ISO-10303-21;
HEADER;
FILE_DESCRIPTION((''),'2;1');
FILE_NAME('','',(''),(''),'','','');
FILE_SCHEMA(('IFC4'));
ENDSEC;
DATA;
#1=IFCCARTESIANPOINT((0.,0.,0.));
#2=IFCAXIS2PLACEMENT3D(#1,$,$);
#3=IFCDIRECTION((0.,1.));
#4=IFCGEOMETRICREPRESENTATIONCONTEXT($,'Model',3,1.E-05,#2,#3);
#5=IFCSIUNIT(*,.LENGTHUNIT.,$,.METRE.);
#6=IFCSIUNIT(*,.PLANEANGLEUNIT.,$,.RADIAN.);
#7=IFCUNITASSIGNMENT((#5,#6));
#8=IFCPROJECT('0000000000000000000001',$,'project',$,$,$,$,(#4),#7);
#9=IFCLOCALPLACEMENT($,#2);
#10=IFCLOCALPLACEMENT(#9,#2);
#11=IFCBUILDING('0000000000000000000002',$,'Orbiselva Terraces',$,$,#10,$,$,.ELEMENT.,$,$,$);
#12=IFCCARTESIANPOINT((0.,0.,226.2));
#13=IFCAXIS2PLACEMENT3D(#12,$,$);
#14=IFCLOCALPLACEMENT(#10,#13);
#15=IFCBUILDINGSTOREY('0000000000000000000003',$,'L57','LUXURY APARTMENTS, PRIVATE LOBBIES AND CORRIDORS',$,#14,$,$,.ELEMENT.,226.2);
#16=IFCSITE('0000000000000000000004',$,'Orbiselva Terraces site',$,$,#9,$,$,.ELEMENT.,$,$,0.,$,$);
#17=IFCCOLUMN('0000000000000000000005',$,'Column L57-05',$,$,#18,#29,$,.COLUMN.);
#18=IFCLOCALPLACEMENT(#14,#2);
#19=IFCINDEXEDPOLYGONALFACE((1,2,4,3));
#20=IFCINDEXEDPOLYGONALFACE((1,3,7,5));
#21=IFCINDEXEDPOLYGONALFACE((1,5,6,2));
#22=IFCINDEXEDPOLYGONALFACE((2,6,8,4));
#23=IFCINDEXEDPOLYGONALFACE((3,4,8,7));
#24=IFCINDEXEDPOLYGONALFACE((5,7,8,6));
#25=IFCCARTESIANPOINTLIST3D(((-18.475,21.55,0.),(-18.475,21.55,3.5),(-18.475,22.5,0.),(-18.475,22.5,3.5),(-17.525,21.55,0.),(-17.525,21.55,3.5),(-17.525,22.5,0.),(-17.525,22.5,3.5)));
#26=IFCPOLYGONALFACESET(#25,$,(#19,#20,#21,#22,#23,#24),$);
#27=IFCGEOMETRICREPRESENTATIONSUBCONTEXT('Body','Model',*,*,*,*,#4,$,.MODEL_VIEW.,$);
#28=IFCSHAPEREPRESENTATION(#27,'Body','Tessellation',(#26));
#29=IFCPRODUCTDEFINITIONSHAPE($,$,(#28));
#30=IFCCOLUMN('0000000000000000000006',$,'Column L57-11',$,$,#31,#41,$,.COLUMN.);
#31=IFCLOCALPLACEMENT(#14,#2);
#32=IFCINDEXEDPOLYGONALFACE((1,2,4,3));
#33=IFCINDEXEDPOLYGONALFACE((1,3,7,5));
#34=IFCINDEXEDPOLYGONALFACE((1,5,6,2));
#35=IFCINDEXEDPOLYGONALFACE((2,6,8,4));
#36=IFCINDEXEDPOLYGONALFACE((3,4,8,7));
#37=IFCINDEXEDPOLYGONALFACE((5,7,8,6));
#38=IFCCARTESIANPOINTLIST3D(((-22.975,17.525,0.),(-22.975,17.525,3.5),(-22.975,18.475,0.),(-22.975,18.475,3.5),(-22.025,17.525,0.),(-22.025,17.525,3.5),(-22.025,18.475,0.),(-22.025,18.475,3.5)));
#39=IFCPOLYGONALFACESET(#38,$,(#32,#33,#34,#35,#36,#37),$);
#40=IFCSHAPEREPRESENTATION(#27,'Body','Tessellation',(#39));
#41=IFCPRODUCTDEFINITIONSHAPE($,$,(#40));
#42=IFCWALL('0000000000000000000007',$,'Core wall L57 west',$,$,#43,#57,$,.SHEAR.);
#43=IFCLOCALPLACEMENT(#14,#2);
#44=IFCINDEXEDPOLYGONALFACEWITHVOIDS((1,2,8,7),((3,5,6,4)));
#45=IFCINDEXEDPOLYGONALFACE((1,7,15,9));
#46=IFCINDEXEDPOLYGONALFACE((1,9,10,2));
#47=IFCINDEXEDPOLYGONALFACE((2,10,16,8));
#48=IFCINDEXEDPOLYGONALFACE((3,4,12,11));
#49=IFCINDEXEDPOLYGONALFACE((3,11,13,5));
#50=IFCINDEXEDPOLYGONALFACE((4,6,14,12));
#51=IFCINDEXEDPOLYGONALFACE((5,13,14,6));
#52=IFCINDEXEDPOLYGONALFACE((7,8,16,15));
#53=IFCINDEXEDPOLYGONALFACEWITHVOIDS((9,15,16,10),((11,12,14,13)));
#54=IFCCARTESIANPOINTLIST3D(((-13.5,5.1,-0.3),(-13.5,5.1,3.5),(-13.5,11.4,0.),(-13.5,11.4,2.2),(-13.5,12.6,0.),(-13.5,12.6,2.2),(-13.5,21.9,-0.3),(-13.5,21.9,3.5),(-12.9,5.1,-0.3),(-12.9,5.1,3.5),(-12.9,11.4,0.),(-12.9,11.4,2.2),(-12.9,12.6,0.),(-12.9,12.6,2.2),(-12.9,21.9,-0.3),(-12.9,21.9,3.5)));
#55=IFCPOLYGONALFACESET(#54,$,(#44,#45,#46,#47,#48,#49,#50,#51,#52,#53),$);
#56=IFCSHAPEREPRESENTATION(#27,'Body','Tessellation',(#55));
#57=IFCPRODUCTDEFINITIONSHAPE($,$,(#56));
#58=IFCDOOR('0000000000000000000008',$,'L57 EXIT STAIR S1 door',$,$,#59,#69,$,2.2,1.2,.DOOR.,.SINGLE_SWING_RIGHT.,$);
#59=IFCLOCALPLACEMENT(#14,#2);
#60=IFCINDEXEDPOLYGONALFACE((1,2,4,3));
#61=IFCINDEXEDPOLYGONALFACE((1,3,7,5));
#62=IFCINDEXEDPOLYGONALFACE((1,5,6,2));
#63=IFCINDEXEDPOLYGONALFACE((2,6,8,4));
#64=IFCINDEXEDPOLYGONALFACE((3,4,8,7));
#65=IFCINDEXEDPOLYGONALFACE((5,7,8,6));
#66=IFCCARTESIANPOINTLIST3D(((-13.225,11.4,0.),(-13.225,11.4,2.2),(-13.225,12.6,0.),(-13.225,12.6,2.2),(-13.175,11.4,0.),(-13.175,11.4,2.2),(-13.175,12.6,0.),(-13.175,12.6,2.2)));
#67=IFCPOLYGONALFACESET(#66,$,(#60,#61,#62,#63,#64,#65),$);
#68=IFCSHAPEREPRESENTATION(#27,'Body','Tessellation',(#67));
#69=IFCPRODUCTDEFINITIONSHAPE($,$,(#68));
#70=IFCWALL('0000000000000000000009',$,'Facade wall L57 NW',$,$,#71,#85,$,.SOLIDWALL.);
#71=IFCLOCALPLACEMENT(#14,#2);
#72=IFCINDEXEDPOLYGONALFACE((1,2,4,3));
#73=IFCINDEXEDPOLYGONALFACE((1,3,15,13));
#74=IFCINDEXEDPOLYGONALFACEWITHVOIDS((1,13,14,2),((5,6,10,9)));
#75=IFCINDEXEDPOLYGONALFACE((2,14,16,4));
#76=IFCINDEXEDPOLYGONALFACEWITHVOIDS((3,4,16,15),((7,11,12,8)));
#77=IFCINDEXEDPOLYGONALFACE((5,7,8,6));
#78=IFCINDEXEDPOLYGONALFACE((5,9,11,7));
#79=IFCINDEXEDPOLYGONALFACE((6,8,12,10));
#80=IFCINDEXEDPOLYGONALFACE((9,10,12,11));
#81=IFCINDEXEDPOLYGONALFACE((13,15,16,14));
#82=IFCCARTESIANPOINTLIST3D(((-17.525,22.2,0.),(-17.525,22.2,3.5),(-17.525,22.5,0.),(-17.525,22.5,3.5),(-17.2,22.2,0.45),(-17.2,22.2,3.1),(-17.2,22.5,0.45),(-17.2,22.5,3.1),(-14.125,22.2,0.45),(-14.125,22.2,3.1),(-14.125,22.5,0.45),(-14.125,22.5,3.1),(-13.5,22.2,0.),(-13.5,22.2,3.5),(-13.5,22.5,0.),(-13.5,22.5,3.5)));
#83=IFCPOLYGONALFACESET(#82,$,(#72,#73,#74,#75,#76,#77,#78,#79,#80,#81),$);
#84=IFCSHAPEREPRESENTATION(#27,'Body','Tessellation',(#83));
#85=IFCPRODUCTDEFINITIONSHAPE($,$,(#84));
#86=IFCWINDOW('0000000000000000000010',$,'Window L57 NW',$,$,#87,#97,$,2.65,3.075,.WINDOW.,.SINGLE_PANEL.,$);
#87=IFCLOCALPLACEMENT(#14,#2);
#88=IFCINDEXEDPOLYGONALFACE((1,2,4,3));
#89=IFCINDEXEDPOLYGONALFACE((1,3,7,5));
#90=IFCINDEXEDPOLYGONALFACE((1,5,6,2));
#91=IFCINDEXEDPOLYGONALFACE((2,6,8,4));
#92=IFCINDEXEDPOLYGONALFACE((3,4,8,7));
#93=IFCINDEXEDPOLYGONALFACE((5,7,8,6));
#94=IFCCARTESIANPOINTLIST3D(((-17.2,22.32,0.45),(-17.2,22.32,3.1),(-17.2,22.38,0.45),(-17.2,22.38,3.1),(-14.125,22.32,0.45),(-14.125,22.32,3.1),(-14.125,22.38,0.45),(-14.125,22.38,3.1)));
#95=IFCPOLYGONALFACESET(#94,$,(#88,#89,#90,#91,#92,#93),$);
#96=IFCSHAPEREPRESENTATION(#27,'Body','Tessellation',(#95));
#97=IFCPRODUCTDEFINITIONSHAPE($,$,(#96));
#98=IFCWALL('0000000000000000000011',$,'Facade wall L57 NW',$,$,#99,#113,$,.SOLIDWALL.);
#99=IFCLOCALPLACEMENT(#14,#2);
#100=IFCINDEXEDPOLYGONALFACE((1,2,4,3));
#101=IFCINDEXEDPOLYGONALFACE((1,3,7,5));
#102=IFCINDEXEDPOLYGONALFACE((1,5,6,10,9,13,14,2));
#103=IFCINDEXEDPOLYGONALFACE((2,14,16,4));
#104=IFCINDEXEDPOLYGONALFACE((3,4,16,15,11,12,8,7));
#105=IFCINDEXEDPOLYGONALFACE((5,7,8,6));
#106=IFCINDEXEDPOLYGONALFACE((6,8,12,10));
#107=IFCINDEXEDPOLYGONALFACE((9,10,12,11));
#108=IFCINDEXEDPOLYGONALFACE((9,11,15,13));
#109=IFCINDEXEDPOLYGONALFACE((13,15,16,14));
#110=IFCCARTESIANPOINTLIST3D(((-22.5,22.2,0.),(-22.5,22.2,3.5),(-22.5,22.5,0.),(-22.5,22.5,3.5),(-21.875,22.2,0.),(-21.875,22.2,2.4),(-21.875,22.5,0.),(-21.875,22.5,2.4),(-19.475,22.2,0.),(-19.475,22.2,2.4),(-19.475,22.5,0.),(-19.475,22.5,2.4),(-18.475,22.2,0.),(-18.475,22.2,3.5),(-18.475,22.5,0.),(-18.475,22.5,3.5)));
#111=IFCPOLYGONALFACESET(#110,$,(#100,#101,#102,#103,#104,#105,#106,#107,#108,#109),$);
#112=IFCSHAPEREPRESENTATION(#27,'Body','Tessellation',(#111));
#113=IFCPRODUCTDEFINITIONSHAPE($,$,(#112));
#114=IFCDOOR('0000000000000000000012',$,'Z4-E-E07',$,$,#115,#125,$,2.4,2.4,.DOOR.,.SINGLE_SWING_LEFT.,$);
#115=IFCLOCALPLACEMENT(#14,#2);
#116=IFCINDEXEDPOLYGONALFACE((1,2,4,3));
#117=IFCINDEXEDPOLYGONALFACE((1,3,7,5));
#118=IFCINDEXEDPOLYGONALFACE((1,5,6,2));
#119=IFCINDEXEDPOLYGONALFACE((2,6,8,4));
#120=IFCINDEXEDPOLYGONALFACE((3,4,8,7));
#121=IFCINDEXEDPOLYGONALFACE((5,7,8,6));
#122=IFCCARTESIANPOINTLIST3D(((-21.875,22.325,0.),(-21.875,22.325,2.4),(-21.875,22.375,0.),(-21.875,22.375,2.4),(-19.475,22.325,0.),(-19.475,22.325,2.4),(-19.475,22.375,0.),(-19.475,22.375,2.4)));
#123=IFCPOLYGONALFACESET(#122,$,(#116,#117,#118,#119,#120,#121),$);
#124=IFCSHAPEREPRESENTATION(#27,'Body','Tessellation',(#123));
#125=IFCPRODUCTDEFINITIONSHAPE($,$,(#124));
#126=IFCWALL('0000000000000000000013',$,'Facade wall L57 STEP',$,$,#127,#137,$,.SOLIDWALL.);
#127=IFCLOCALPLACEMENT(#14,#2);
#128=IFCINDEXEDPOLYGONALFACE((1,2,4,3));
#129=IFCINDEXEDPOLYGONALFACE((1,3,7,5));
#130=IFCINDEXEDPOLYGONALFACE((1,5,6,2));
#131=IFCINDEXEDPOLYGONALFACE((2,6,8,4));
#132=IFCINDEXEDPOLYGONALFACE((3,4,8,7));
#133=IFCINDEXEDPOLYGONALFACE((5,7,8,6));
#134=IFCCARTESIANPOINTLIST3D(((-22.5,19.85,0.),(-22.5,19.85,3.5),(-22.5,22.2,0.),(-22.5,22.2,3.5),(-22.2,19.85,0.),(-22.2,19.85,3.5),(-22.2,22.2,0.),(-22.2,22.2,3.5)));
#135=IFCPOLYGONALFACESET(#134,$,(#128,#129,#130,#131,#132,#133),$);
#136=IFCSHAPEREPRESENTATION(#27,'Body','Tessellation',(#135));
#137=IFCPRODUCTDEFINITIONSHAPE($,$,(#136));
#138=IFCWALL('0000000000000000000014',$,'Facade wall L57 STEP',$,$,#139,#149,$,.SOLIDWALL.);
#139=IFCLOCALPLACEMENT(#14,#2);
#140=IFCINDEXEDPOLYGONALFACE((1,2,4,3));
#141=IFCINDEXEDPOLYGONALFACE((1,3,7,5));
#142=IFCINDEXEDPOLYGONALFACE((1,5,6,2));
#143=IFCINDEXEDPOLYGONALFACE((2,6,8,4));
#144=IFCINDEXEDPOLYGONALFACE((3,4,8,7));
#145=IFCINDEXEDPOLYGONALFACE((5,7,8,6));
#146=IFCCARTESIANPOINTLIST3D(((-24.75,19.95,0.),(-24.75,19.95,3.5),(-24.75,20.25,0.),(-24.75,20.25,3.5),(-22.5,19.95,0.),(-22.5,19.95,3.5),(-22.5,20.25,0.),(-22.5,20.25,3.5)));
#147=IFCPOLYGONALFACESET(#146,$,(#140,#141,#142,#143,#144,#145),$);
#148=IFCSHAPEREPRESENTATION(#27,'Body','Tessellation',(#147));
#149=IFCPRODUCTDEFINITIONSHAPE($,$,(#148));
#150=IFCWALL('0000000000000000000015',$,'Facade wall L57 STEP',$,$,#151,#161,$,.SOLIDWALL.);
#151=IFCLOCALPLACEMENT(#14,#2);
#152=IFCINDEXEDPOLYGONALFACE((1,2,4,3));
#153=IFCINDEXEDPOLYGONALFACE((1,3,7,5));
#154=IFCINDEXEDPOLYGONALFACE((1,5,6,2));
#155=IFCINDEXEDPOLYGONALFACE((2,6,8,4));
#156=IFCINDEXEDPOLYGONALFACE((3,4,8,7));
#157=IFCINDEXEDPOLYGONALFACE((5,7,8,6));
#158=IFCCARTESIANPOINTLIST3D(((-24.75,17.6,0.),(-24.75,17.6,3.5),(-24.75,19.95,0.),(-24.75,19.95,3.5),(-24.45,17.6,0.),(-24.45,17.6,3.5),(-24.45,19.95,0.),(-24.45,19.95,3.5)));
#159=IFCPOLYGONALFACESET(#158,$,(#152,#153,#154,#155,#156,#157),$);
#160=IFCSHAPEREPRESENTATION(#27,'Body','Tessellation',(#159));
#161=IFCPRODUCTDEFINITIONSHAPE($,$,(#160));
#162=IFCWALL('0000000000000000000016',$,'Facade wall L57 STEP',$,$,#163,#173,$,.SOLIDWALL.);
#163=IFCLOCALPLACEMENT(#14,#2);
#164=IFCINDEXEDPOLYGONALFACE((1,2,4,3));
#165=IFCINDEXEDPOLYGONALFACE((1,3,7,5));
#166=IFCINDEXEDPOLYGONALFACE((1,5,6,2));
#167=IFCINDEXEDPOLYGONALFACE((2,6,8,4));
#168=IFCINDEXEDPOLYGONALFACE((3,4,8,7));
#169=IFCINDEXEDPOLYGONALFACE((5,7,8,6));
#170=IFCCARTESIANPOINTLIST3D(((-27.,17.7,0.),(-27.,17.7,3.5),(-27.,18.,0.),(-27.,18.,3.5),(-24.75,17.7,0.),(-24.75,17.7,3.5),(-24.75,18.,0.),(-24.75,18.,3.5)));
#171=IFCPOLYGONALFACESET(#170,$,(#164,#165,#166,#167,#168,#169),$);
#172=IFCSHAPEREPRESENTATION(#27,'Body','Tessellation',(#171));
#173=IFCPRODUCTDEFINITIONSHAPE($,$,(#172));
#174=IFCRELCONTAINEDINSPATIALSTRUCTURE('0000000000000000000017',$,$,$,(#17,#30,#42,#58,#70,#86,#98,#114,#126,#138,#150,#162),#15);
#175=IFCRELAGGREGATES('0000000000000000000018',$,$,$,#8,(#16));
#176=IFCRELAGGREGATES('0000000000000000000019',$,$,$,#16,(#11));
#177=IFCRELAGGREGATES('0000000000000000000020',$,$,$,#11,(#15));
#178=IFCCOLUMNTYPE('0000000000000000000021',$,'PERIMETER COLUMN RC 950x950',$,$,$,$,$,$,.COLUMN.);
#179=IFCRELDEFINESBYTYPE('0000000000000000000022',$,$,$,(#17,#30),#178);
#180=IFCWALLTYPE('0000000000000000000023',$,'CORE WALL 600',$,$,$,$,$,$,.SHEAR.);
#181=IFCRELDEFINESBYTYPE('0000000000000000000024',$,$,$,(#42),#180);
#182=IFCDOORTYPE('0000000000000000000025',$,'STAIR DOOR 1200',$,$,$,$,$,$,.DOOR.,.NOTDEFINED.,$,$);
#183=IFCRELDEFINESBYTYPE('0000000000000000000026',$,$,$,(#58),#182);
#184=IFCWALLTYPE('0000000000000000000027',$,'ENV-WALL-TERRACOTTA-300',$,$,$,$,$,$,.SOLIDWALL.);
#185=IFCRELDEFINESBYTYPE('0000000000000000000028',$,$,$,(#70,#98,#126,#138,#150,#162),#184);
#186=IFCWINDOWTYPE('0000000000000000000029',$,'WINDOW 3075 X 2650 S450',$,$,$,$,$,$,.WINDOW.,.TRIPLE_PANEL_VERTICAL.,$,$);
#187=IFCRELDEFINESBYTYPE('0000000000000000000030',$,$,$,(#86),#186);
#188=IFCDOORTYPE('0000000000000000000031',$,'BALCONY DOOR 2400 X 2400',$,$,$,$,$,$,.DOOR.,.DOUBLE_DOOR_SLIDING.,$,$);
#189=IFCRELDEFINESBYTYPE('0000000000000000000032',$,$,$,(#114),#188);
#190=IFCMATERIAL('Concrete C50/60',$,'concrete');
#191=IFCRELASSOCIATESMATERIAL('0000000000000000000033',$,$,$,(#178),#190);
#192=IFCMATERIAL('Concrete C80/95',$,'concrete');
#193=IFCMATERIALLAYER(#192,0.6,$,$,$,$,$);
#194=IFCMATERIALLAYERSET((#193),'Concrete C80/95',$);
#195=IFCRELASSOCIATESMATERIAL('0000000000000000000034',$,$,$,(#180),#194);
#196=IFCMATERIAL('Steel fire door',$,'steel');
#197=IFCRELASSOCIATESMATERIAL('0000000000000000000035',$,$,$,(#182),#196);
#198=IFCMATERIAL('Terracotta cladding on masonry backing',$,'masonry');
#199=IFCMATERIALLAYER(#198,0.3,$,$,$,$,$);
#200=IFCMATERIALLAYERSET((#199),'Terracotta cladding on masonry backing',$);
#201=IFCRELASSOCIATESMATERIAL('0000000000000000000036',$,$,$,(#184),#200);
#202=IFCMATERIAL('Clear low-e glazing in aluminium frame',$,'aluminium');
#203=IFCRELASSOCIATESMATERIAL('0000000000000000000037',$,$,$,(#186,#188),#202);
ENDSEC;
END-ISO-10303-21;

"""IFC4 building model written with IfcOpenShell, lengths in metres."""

from ifc_helpers import new_model, si_unit, direction, frame, frame_2d, origin, origin_2d, place, context, subcontext, project, spatial, rectangle, extrude, material, layer, layer_set, material_profile, profile_set, type_object, element, fill, save


model = new_model("IFC4")

# Units and contexts
model_context = context("Model", 3, precision=1e-05, world=origin(), true_north=direction((0.0, 1.0)))
body_context = subcontext(model_context, "Body", "Model", "MODEL_VIEW")
ifc_project = project(units=[si_unit("LENGTHUNIT", "METRE"), si_unit("PLANEANGLEUNIT", "RADIAN")], contexts=[model_context])

# Site, building, storey
site_placement = place(None, origin())
site = spatial("IfcSite", under=ifc_project, at=site_placement, Name="Orbiselva Terraces site", CompositionType="ELEMENT", RefElevation=0.0)
building_placement = place(site_placement, origin())
building = spatial("IfcBuilding", under=site, at=building_placement, Name="Orbiselva Terraces", CompositionType="ELEMENT")
storey_placement = place(building_placement, frame((0.0, 0.0, 226.2)))
storey = spatial("IfcBuildingStorey", under=building, at=storey_placement, Name="L57", Description="LUXURY APARTMENTS, PRIVATE LOBBIES AND CORRIDORS", CompositionType="ELEMENT", Elevation=226.2)

# Columns
ifc_material_1 = material(Name="Concrete C50/60", Category="concrete")
ifc_material_profile = material_profile(ifc_material_1, rectangle(XDim=0.95, YDim=0.95, at=origin_2d()), Name="RC 950x950")
ifc_profile_set = profile_set([ifc_material_profile], Name="Concrete C50/60")
column_type = type_object("IfcColumnType", Name="PERIMETER COLUMN RC 950x950", PredefinedType="COLUMN", material=ifc_profile_set)
for number, where, z_axis, x_axis, name in (
    (1, (-18.0, 22.025, 0.0), (0.0, 0.0, 1.0), (1.0, 0.0, 0.0), "Column L57-05"),
    (2, (-22.5, 18.0, 0.0), (0.0, 0.0, 1.0), (1.0, 0.0, 0.0), "Column L57-11"),
):
    element("IfcColumn", number, at=place(storey_placement, frame(where, z_axis=z_axis, x_axis=x_axis)), inside=storey, type_object=column_type, Name=name, PredefinedType="COLUMN", context=body_context, shape_type="SweptSolid", body=[
        extrude(rectangle(XDim=0.95, YDim=0.95, at=origin_2d()), origin(), (0.0, 0.0, 1.0), 3.5),
    ])

# Wall, opening, door
ifc_material_2 = material(Name="Concrete C80/95", Category="concrete")
ifc_layer_1 = layer(ifc_material_2, 0.6)
ifc_layer_set_1 = layer_set([ifc_layer_1], Name="Concrete C80/95")
wall_type_1 = type_object("IfcWallType", Name="CORE WALL 600", PredefinedType="SHEAR", material=ifc_layer_set_1)
wall_1_placement = place(storey_placement, frame((-13.2, 21.9, -0.3), z_axis=(0.0, 0.0, 1.0), x_axis=(0.0, -1.0, 0.0)))
wall_1 = element("IfcWall", 3, at=wall_1_placement, inside=storey, type_object=wall_type_1, Name="Core wall L57 west", PredefinedType="SHEAR", context=body_context, shape_type="SweptSolid", body=[
    extrude(rectangle(XDim=16.8, YDim=0.6, at=frame_2d((8.4, 0.0))), origin(), (0.0, 0.0, 1.0), 3.8),
])
opening_1_placement = place(wall_1_placement, frame((9.3, 0.0, 0.3)))
opening_1 = element("IfcOpeningElement", 4, at=opening_1_placement, cuts=wall_1, PredefinedType="OPENING", context=body_context, shape_type="SweptSolid", body=[
    extrude(rectangle(XDim=1.2, YDim=2.2, at=frame_2d((0.6, 1.1))), frame((0.0, 0.31, 0.0), z_axis=(0.0, -1.0, 0.0), x_axis=(1.0, 0.0, 0.0)), (0.0, 0.0, 1.0), 0.62),
])
ifc_material_3 = material(Name="Steel fire door", Category="steel")
door_type_1 = type_object("IfcDoorType", Name="STAIR DOOR 1200", OperationType="NOTDEFINED", PredefinedType="DOOR", material=ifc_material_3)
door_1_placement = place(opening_1_placement, frame((1.2, 0.0, 0.0), z_axis=(0.0, 0.0, 1.0), x_axis=(-1.0, 0.0, 0.0)))
door_1 = element("IfcDoor", 5, at=door_1_placement, inside=storey, type_object=door_type_1, Name="L57 EXIT STAIR S1 door", OperationType="SINGLE_SWING_RIGHT", OverallHeight=2.2, OverallWidth=1.2, PredefinedType="DOOR", context=body_context, shape_type="SweptSolid", body=[
    extrude(rectangle(XDim=1.2, YDim=2.2, at=frame_2d((0.6, 1.1))), frame((0.0, 0.025, 0.0), z_axis=(0.0, -1.0, 0.0), x_axis=(1.0, 0.0, 0.0)), (0.0, 0.0, 1.0), 0.05),
])
fill(opening_1, door_1)

# Wall, opening, window
ifc_material_4 = material(Name="Terracotta cladding on masonry backing", Category="masonry")
ifc_layer_2 = layer(ifc_material_4, 0.3)
ifc_layer_set_2 = layer_set([ifc_layer_2], Name="Terracotta cladding on masonry backing")
wall_type_2 = type_object("IfcWallType", Name="ENV-WALL-TERRACOTTA-300", PredefinedType="SOLIDWALL", material=ifc_layer_set_2)
wall_2_placement = place(storey_placement, frame((-17.525, 22.35, 0.0), z_axis=(0.0, 0.0, 1.0), x_axis=(1.0, 0.0, 0.0)))
wall_2 = element("IfcWall", 6, at=wall_2_placement, inside=storey, type_object=wall_type_2, Name="Facade wall L57 NW", PredefinedType="SOLIDWALL", context=body_context, shape_type="SweptSolid", body=[
    extrude(rectangle(XDim=4.025, YDim=0.3, at=frame_2d((2.0125, 0.0))), origin(), (0.0, 0.0, 1.0), 3.5),
])
opening_2_placement = place(wall_2_placement, frame((0.325, 0.0, 0.45)))
opening_2 = element("IfcOpeningElement", 7, at=opening_2_placement, cuts=wall_2, PredefinedType="OPENING", context=body_context, shape_type="SweptSolid", body=[
    extrude(rectangle(XDim=3.075, YDim=2.65, at=frame_2d((1.5375, 1.325))), frame((0.0, 0.16, 0.0), z_axis=(0.0, -1.0, 0.0), x_axis=(1.0, 0.0, 0.0)), (0.0, 0.0, 1.0), 0.32),
])
ifc_material_5 = material(Name="Clear low-e glazing in aluminium frame", Category="aluminium")
window_type = type_object("IfcWindowType", Name="WINDOW 3075 X 2650 S450", PartitioningType="TRIPLE_PANEL_VERTICAL", PredefinedType="WINDOW", material=ifc_material_5)
window_1_placement = place(opening_2_placement, origin())
window_1 = element("IfcWindow", 8, at=window_1_placement, inside=storey, type_object=window_type, Name="Window L57 NW", OverallHeight=2.65, OverallWidth=3.075, PartitioningType="SINGLE_PANEL", PredefinedType="WINDOW", context=body_context, shape_type="SweptSolid", body=[
    extrude(rectangle(XDim=3.075, YDim=2.65, at=frame_2d((1.5375, 1.325))), frame((0.0, 0.03, 0.0), z_axis=(0.0, -1.0, 0.0), x_axis=(1.0, 0.0, 0.0)), (0.0, 0.0, 1.0), 0.06),
])
fill(opening_2, window_1)

# Wall, opening, door
wall_3_placement = place(storey_placement, frame((-22.5, 22.35, 0.0), z_axis=(0.0, 0.0, 1.0), x_axis=(1.0, 0.0, 0.0)))
wall_3 = element("IfcWall", 9, at=wall_3_placement, inside=storey, type_object=wall_type_2, Name="Facade wall L57 NW", PredefinedType="SOLIDWALL", context=body_context, shape_type="SweptSolid", body=[
    extrude(rectangle(XDim=4.025, YDim=0.3, at=frame_2d((2.0125, 0.0))), origin(), (0.0, 0.0, 1.0), 3.5),
])
opening_3_placement = place(wall_3_placement, frame((0.625, 0.0, 0.0)))
opening_3 = element("IfcOpeningElement", 10, at=opening_3_placement, cuts=wall_3, PredefinedType="OPENING", context=body_context, shape_type="SweptSolid", body=[
    extrude(rectangle(XDim=2.4, YDim=2.4, at=frame_2d((1.2, 1.2))), frame((0.0, 0.16, 0.0), z_axis=(0.0, -1.0, 0.0), x_axis=(1.0, 0.0, 0.0)), (0.0, 0.0, 1.0), 0.32),
])
door_type_2 = type_object("IfcDoorType", Name="BALCONY DOOR 2400 X 2400", OperationType="DOUBLE_DOOR_SLIDING", PredefinedType="DOOR", material=ifc_material_5)
door_2_placement = place(opening_3_placement, origin())
door_2 = element("IfcDoor", 11, at=door_2_placement, inside=storey, type_object=door_type_2, Name="Z4-E-E07", OperationType="SINGLE_SWING_LEFT", OverallHeight=2.4, OverallWidth=2.4, PredefinedType="DOOR", context=body_context, shape_type="SweptSolid", body=[
    extrude(rectangle(XDim=2.4, YDim=2.4, at=frame_2d((1.2, 1.2))), frame((0.0, 0.025, 0.0), z_axis=(0.0, -1.0, 0.0), x_axis=(1.0, 0.0, 0.0)), (0.0, 0.0, 1.0), 0.05),
])
fill(opening_3, door_2)

# Walls
wall_4_placement = place(storey_placement, frame((-22.35, 19.85, 0.0), z_axis=(0.0, 0.0, 1.0), x_axis=(0.0, 1.0, 0.0)))
element("IfcWall", 12, at=wall_4_placement, inside=storey, type_object=wall_type_2, Name="Facade wall L57 STEP", PredefinedType="SOLIDWALL", context=body_context, shape_type="SweptSolid", body=[
    extrude(rectangle(XDim=2.35, YDim=0.3, at=frame_2d((1.175, 0.0))), origin(), (0.0, 0.0, 1.0), 3.5),
])
wall_5_placement = place(storey_placement, frame((-24.75, 20.1, 0.0), z_axis=(0.0, 0.0, 1.0), x_axis=(1.0, 0.0, 0.0)))
element("IfcWall", 13, at=wall_5_placement, inside=storey, type_object=wall_type_2, Name="Facade wall L57 STEP", PredefinedType="SOLIDWALL", context=body_context, shape_type="SweptSolid", body=[
    extrude(rectangle(XDim=2.25, YDim=0.3, at=frame_2d((1.125, 0.0))), origin(), (0.0, 0.0, 1.0), 3.5),
])
wall_6_placement = place(storey_placement, frame((-24.6, 17.6, 0.0), z_axis=(0.0, 0.0, 1.0), x_axis=(0.0, 1.0, 0.0)))
element("IfcWall", 14, at=wall_6_placement, inside=storey, type_object=wall_type_2, Name="Facade wall L57 STEP", PredefinedType="SOLIDWALL", context=body_context, shape_type="SweptSolid", body=[
    extrude(rectangle(XDim=2.35, YDim=0.3, at=frame_2d((1.175, 0.0))), origin(), (0.0, 0.0, 1.0), 3.5),
])
wall_7_placement = place(storey_placement, frame((-27.0, 17.85, 0.0), z_axis=(0.0, 0.0, 1.0), x_axis=(1.0, 0.0, 0.0)))
element("IfcWall", 15, at=wall_7_placement, inside=storey, type_object=wall_type_2, Name="Facade wall L57 STEP", PredefinedType="SOLIDWALL", context=body_context, shape_type="SweptSolid", body=[
    extrude(rectangle(XDim=2.25, YDim=0.3, at=frame_2d((1.125, 0.0))), origin(), (0.0, 0.0, 1.0), 3.5),
])

save(model, "model.ifc")
